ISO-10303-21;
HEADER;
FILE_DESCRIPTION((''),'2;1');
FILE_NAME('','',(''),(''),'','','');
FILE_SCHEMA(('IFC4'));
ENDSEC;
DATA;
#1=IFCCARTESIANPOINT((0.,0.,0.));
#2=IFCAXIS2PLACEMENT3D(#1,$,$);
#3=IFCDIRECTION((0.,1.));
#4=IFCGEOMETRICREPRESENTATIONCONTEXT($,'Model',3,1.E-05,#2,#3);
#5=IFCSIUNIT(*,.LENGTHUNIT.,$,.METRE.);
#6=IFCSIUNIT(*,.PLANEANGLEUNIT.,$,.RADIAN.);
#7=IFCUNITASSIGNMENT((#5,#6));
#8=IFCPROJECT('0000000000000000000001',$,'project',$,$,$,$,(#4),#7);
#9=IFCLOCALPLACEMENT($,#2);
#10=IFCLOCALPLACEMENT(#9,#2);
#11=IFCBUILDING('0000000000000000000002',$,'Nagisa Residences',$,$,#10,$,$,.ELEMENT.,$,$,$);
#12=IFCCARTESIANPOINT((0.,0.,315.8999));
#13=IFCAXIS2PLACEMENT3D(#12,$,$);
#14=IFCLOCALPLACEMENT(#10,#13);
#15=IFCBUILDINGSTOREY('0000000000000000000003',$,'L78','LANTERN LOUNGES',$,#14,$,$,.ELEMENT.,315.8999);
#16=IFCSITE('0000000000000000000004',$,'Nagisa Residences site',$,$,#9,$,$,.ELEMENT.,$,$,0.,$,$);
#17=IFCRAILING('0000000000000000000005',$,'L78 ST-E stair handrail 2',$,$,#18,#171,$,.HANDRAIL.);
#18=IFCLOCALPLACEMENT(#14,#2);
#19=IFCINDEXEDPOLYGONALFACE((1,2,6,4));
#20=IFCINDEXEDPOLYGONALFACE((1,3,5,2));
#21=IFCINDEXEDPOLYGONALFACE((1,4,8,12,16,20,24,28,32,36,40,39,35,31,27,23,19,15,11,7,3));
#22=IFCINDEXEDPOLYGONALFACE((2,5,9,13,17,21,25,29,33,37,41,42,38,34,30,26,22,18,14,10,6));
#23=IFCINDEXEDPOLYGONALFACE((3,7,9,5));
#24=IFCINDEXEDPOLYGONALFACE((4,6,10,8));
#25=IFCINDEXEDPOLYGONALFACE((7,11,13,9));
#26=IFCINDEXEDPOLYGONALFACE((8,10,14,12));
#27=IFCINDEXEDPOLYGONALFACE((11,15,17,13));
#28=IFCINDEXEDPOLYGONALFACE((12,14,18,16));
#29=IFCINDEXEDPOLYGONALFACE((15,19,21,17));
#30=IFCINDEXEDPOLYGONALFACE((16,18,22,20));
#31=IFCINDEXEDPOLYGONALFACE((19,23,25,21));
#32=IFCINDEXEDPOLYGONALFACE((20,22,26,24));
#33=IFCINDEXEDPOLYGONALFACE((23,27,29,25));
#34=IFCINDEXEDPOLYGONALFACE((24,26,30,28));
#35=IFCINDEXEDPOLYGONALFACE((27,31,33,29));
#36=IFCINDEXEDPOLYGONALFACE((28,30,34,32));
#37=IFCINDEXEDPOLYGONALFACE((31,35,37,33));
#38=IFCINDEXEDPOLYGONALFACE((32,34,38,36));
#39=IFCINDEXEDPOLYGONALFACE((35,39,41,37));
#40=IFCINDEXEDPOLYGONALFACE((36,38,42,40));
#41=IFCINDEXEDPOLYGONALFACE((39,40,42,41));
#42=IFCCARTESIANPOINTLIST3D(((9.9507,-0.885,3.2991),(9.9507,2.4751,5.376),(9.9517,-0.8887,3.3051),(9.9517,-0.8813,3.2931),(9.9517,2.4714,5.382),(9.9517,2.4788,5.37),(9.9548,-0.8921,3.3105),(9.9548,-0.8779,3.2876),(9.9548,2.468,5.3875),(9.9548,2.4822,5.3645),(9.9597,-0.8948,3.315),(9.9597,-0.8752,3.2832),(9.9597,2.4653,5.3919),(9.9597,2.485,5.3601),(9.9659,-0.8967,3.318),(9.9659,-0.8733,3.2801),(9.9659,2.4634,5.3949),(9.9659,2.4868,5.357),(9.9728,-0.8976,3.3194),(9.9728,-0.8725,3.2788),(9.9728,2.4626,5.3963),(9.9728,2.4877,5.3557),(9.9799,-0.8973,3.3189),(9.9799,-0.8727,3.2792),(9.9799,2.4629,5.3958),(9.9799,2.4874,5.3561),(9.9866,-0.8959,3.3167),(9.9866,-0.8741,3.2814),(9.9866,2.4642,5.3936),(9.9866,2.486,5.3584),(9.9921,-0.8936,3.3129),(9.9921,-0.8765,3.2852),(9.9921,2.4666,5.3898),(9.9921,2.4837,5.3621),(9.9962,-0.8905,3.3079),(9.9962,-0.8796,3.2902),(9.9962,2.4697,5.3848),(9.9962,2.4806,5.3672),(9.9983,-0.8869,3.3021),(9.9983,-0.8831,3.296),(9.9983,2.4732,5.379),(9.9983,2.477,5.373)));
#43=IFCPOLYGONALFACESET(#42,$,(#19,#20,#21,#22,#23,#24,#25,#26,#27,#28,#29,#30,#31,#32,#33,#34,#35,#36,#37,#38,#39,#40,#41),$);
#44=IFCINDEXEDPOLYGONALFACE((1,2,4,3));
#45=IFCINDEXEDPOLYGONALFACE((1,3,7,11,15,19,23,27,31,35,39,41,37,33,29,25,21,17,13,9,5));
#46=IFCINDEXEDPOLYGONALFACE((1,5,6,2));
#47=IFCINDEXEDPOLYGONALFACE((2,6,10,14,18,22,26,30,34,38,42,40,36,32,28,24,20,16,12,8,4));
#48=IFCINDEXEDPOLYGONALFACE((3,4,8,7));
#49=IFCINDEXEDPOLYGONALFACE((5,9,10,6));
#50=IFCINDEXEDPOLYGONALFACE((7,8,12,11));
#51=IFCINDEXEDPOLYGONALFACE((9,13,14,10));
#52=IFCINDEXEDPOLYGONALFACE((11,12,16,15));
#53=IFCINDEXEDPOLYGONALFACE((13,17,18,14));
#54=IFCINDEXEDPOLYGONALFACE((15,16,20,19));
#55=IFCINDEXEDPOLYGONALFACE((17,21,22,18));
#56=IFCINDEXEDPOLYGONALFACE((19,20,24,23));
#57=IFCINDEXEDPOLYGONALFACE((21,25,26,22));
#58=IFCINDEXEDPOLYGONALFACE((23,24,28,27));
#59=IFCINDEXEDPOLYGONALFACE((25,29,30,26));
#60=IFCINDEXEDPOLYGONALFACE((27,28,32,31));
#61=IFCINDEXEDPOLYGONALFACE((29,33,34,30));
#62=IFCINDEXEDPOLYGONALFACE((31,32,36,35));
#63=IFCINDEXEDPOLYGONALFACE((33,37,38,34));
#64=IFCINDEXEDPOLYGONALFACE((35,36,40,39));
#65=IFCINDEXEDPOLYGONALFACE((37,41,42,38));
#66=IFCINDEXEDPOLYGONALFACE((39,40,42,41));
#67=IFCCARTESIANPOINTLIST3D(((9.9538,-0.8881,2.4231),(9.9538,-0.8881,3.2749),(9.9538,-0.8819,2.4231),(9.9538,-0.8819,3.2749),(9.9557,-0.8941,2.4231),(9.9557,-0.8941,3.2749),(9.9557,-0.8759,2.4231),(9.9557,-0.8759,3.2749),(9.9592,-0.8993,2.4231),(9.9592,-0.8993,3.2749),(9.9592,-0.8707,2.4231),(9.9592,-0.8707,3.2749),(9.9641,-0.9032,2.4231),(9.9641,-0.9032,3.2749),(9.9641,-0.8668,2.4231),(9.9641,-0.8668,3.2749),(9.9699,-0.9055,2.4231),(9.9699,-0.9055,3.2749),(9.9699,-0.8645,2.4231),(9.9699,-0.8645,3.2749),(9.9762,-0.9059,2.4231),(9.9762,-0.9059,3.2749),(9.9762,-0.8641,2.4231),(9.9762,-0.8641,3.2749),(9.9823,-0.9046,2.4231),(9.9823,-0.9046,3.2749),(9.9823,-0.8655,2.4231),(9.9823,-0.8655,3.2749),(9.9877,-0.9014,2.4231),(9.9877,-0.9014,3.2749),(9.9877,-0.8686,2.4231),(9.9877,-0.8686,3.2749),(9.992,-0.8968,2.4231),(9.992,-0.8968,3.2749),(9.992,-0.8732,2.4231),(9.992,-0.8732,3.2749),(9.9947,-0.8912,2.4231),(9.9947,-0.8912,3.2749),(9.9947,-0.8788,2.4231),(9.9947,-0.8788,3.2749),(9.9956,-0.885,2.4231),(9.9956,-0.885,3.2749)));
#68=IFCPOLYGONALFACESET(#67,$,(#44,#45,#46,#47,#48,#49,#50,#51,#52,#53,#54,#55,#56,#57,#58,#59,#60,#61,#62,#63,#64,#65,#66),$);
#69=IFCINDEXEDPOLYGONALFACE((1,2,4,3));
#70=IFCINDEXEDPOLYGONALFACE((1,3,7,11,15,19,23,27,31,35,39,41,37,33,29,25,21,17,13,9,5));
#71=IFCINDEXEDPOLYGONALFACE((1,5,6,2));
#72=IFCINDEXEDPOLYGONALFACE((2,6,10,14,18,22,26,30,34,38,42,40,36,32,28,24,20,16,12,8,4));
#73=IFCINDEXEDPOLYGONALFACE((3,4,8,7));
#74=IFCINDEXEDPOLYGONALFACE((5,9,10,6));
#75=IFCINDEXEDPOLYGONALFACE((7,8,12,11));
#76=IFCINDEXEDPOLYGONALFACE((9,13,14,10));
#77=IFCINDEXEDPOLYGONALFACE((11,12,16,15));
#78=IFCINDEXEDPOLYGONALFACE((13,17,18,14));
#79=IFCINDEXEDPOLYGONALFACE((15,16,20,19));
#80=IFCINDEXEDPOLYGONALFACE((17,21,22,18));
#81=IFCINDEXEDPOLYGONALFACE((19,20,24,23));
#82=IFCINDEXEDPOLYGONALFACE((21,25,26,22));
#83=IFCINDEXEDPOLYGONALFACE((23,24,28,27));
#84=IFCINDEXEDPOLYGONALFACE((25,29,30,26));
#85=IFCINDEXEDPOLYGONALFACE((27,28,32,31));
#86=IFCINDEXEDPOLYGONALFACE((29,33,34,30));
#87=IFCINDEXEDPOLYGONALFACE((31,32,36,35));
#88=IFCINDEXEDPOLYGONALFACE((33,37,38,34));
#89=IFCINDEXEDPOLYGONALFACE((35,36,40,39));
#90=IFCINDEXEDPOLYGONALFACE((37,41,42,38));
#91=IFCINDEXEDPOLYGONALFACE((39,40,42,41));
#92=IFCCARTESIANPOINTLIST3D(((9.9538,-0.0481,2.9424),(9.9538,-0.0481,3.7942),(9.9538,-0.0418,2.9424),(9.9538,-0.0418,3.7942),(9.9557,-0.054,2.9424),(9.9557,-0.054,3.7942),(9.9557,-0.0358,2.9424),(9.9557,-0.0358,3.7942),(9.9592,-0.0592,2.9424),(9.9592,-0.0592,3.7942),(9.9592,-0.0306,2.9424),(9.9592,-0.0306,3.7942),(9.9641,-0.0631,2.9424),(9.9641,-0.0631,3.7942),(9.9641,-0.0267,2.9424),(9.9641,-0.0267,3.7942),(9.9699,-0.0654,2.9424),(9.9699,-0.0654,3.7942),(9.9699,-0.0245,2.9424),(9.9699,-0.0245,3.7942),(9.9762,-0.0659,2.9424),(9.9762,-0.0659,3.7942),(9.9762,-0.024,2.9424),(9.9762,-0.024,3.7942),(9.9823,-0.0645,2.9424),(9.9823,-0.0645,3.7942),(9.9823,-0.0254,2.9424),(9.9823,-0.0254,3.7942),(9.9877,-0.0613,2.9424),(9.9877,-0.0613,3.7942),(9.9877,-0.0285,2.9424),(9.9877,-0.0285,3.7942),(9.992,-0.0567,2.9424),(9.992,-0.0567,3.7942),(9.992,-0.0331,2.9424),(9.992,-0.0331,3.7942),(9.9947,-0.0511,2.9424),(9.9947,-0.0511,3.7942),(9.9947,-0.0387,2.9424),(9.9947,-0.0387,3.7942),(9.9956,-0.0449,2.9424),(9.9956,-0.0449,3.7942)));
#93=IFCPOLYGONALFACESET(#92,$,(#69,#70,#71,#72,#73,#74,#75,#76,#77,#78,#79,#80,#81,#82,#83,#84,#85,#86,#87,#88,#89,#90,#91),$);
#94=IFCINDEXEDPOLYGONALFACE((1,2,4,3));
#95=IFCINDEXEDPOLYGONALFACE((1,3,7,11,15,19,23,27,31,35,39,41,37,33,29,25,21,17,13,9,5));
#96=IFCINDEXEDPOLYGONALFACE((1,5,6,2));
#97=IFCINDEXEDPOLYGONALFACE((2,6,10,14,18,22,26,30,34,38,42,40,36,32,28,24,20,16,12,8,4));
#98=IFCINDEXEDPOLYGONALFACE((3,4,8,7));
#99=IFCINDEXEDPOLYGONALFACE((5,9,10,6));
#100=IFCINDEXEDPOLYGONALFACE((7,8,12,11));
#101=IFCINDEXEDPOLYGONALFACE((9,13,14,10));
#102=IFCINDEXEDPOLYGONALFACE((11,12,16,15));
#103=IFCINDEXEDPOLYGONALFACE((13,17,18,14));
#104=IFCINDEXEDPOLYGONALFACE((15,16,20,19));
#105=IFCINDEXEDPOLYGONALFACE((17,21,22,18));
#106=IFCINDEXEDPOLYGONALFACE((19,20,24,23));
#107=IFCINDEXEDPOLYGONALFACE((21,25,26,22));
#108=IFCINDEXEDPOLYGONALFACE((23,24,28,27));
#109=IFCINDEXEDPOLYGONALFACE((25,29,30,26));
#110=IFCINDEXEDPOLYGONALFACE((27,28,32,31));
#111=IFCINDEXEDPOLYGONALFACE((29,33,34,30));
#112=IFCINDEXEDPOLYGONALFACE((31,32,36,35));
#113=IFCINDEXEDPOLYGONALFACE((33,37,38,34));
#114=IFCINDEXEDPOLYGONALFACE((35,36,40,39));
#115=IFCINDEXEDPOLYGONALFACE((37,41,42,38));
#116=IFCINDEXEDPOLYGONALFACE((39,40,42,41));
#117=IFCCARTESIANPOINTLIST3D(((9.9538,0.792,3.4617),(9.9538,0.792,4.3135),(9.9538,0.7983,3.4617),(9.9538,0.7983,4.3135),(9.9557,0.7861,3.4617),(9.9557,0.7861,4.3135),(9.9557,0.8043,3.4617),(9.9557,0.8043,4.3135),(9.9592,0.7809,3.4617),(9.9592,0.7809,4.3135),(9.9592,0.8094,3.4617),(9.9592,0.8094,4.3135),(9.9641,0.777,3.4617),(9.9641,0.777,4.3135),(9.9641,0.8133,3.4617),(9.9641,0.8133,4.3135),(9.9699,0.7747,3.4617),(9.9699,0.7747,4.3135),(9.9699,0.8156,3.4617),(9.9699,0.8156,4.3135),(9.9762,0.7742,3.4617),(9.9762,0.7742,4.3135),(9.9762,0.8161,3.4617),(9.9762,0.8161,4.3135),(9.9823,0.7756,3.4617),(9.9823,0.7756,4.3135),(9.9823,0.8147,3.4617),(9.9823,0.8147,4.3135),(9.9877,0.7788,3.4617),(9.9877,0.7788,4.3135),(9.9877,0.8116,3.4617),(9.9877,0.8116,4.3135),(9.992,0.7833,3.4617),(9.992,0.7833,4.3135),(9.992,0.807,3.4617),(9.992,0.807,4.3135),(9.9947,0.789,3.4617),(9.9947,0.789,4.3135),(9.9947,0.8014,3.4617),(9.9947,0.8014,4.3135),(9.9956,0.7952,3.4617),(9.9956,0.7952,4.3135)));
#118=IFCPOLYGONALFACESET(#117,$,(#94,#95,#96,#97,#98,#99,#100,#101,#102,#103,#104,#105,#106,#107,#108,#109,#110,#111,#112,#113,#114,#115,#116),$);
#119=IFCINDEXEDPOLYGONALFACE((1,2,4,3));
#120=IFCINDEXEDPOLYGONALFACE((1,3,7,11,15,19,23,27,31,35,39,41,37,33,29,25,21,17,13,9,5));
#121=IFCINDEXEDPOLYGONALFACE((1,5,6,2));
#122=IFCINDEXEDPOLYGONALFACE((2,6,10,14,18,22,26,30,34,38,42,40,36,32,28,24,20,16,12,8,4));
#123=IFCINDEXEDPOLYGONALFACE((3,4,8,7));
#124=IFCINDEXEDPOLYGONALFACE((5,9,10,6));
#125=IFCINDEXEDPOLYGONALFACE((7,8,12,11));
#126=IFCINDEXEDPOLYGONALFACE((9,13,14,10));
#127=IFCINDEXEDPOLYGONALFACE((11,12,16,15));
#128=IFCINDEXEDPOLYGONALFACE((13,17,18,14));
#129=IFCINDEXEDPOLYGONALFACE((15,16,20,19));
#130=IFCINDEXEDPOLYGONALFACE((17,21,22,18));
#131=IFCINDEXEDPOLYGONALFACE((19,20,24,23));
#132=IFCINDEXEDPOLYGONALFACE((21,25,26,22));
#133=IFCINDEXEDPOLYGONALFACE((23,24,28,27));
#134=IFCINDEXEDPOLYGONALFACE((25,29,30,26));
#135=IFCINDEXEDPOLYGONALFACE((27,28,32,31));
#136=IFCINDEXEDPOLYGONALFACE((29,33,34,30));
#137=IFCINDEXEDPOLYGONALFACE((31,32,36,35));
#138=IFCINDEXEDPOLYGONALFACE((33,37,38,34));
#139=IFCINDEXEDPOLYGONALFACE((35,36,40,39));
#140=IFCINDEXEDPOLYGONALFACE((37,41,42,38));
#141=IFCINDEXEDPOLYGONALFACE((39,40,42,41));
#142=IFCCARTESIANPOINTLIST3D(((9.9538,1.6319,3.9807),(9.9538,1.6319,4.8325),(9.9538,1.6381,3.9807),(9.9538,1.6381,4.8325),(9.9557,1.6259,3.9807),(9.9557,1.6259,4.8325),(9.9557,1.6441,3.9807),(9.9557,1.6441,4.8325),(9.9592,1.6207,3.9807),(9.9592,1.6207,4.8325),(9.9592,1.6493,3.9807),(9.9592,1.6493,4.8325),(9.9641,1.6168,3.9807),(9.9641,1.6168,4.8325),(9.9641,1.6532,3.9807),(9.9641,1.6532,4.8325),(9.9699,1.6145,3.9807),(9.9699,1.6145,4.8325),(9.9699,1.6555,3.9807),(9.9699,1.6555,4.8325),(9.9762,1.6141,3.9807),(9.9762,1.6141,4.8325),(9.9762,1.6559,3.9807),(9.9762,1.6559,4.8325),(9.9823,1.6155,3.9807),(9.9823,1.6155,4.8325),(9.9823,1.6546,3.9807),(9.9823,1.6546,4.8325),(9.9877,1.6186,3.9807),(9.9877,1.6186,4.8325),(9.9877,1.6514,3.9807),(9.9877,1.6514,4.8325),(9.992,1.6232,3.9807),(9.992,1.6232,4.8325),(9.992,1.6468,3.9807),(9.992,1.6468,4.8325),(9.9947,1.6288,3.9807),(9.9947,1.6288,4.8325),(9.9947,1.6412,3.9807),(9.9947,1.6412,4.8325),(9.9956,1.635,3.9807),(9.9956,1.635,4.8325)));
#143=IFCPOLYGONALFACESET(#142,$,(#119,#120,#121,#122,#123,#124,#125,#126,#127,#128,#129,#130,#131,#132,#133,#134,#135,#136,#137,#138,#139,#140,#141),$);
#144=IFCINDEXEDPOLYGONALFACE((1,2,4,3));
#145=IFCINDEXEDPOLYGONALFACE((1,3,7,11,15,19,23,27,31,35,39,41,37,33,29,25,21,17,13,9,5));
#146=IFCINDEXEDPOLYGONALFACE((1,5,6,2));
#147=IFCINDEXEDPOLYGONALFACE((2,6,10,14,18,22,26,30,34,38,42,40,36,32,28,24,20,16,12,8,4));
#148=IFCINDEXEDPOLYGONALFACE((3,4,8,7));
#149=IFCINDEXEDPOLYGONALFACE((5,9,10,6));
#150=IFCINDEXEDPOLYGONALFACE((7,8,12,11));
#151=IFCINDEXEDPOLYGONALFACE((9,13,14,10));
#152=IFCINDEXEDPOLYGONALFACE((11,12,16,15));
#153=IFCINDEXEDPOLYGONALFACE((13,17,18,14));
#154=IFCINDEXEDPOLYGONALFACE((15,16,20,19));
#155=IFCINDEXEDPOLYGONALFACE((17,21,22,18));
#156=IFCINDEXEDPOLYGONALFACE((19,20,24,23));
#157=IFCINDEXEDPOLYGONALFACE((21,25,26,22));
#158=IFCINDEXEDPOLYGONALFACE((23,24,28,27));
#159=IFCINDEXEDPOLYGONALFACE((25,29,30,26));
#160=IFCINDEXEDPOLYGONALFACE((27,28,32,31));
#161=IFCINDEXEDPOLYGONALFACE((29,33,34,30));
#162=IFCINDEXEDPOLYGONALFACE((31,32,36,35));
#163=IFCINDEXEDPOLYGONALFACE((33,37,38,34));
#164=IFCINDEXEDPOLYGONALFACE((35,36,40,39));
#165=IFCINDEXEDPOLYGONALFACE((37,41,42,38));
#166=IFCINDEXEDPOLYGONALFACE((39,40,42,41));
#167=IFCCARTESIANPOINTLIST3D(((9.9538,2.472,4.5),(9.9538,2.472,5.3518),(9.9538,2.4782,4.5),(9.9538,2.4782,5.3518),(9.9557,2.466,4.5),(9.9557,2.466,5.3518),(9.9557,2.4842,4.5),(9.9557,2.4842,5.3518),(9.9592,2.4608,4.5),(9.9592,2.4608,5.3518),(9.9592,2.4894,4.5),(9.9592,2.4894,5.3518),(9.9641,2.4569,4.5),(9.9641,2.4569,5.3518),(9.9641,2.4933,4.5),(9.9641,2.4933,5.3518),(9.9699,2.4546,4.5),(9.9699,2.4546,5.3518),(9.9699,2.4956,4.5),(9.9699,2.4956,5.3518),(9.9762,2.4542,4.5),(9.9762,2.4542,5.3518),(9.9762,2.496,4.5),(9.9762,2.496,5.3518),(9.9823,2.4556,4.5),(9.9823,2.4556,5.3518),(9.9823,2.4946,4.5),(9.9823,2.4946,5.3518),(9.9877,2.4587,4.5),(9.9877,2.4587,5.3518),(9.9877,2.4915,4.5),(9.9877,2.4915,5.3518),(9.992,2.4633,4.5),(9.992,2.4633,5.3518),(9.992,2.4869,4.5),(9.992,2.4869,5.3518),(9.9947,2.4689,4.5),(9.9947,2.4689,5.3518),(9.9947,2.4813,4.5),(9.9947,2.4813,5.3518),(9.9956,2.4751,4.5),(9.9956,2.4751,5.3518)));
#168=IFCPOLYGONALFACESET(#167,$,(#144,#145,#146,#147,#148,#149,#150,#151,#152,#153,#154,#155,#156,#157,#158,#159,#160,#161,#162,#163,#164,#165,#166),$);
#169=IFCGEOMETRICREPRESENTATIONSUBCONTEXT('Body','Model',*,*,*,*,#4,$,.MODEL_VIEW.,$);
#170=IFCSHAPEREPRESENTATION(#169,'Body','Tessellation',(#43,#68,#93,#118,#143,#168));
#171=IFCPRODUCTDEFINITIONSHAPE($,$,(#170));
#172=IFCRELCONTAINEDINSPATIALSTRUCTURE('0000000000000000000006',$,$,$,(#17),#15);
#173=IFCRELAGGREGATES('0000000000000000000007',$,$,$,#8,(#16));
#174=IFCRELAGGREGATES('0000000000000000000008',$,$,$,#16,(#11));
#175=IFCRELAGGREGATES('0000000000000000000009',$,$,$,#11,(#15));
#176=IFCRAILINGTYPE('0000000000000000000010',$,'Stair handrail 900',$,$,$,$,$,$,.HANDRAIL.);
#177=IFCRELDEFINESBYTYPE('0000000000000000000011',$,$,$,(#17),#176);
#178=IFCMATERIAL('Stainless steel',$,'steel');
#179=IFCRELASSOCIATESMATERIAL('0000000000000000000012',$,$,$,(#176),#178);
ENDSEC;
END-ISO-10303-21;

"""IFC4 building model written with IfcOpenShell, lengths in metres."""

from ifc_helpers import new_model, si_unit, direction, frame, origin, origin_2d, place, context, subcontext, project, spatial, circle, extrude, material, type_object, element, save


model = new_model("IFC4")

# Units and contexts
model_context = context("Model", 3, precision=1e-05, world=origin(), true_north=direction((0.0, 1.0)))
body_context = subcontext(model_context, "Body", "Model", "MODEL_VIEW")
ifc_project = project(units=[si_unit("LENGTHUNIT", "METRE"), si_unit("PLANEANGLEUNIT", "RADIAN")], contexts=[model_context])

# Site, building, storey
site_placement = place(None, origin())
site = spatial("IfcSite", under=ifc_project, at=site_placement, Name="Nagisa Residences site", CompositionType="ELEMENT", RefElevation=0.0)
building_placement = place(site_placement, origin())
building = spatial("IfcBuilding", under=site, at=building_placement, Name="Nagisa Residences", CompositionType="ELEMENT")
storey_placement = place(building_placement, frame((0.0, 0.0, 315.8999)))
storey = spatial("IfcBuildingStorey", under=building, at=storey_placement, Name="L78", Description="LANTERN LOUNGES", CompositionType="ELEMENT", Elevation=315.8999)

# Railing
ifc_material_1 = material(Name="Stainless steel", Category="steel")
railing_type_1 = type_object("IfcRailingType", Name="Stair handrail 900", PredefinedType="HANDRAIL", material=ifc_material_1)
railing_1_placement = place(storey_placement, frame((9.9746, -0.885, 2.4231)))
element("IfcRailing", 1, at=railing_1_placement, inside=storey, type_object=railing_type_1, Name="L78 ST-E stair handrail 2", PredefinedType="HANDRAIL", context=body_context, shape_type="SweptSolid", body=[
    extrude(circle(Radius=0.0239, at=origin_2d()), frame((0.0, 0.0, 0.876), z_axis=(0.0, 0.850623, 0.525776), x_axis=(-1.0, 0.0, 0.0)), (0.0, 0.0, 1.0), 3.9502),
    extrude(circle(Radius=0.021, at=origin_2d()), origin(), (0.0, 0.0, 1.0), 0.8518),
    extrude(circle(Radius=0.021, at=origin_2d()), frame((0.0, 0.8401, 0.5193)), (0.0, 0.0, 1.0), 0.8518),
    extrude(circle(Radius=0.021, at=origin_2d()), frame((0.0, 1.6802, 1.0386)), (0.0, 0.0, 1.0), 0.8518),
    extrude(circle(Radius=0.021, at=origin_2d()), frame((0.0, 2.52, 1.5576)), (0.0, 0.0, 1.0), 0.8518),
    extrude(circle(Radius=0.021, at=origin_2d()), frame((0.0, 3.3601, 2.0769)), (0.0, 0.0, 1.0), 0.8518),
])

save(model, "model.ifc")
